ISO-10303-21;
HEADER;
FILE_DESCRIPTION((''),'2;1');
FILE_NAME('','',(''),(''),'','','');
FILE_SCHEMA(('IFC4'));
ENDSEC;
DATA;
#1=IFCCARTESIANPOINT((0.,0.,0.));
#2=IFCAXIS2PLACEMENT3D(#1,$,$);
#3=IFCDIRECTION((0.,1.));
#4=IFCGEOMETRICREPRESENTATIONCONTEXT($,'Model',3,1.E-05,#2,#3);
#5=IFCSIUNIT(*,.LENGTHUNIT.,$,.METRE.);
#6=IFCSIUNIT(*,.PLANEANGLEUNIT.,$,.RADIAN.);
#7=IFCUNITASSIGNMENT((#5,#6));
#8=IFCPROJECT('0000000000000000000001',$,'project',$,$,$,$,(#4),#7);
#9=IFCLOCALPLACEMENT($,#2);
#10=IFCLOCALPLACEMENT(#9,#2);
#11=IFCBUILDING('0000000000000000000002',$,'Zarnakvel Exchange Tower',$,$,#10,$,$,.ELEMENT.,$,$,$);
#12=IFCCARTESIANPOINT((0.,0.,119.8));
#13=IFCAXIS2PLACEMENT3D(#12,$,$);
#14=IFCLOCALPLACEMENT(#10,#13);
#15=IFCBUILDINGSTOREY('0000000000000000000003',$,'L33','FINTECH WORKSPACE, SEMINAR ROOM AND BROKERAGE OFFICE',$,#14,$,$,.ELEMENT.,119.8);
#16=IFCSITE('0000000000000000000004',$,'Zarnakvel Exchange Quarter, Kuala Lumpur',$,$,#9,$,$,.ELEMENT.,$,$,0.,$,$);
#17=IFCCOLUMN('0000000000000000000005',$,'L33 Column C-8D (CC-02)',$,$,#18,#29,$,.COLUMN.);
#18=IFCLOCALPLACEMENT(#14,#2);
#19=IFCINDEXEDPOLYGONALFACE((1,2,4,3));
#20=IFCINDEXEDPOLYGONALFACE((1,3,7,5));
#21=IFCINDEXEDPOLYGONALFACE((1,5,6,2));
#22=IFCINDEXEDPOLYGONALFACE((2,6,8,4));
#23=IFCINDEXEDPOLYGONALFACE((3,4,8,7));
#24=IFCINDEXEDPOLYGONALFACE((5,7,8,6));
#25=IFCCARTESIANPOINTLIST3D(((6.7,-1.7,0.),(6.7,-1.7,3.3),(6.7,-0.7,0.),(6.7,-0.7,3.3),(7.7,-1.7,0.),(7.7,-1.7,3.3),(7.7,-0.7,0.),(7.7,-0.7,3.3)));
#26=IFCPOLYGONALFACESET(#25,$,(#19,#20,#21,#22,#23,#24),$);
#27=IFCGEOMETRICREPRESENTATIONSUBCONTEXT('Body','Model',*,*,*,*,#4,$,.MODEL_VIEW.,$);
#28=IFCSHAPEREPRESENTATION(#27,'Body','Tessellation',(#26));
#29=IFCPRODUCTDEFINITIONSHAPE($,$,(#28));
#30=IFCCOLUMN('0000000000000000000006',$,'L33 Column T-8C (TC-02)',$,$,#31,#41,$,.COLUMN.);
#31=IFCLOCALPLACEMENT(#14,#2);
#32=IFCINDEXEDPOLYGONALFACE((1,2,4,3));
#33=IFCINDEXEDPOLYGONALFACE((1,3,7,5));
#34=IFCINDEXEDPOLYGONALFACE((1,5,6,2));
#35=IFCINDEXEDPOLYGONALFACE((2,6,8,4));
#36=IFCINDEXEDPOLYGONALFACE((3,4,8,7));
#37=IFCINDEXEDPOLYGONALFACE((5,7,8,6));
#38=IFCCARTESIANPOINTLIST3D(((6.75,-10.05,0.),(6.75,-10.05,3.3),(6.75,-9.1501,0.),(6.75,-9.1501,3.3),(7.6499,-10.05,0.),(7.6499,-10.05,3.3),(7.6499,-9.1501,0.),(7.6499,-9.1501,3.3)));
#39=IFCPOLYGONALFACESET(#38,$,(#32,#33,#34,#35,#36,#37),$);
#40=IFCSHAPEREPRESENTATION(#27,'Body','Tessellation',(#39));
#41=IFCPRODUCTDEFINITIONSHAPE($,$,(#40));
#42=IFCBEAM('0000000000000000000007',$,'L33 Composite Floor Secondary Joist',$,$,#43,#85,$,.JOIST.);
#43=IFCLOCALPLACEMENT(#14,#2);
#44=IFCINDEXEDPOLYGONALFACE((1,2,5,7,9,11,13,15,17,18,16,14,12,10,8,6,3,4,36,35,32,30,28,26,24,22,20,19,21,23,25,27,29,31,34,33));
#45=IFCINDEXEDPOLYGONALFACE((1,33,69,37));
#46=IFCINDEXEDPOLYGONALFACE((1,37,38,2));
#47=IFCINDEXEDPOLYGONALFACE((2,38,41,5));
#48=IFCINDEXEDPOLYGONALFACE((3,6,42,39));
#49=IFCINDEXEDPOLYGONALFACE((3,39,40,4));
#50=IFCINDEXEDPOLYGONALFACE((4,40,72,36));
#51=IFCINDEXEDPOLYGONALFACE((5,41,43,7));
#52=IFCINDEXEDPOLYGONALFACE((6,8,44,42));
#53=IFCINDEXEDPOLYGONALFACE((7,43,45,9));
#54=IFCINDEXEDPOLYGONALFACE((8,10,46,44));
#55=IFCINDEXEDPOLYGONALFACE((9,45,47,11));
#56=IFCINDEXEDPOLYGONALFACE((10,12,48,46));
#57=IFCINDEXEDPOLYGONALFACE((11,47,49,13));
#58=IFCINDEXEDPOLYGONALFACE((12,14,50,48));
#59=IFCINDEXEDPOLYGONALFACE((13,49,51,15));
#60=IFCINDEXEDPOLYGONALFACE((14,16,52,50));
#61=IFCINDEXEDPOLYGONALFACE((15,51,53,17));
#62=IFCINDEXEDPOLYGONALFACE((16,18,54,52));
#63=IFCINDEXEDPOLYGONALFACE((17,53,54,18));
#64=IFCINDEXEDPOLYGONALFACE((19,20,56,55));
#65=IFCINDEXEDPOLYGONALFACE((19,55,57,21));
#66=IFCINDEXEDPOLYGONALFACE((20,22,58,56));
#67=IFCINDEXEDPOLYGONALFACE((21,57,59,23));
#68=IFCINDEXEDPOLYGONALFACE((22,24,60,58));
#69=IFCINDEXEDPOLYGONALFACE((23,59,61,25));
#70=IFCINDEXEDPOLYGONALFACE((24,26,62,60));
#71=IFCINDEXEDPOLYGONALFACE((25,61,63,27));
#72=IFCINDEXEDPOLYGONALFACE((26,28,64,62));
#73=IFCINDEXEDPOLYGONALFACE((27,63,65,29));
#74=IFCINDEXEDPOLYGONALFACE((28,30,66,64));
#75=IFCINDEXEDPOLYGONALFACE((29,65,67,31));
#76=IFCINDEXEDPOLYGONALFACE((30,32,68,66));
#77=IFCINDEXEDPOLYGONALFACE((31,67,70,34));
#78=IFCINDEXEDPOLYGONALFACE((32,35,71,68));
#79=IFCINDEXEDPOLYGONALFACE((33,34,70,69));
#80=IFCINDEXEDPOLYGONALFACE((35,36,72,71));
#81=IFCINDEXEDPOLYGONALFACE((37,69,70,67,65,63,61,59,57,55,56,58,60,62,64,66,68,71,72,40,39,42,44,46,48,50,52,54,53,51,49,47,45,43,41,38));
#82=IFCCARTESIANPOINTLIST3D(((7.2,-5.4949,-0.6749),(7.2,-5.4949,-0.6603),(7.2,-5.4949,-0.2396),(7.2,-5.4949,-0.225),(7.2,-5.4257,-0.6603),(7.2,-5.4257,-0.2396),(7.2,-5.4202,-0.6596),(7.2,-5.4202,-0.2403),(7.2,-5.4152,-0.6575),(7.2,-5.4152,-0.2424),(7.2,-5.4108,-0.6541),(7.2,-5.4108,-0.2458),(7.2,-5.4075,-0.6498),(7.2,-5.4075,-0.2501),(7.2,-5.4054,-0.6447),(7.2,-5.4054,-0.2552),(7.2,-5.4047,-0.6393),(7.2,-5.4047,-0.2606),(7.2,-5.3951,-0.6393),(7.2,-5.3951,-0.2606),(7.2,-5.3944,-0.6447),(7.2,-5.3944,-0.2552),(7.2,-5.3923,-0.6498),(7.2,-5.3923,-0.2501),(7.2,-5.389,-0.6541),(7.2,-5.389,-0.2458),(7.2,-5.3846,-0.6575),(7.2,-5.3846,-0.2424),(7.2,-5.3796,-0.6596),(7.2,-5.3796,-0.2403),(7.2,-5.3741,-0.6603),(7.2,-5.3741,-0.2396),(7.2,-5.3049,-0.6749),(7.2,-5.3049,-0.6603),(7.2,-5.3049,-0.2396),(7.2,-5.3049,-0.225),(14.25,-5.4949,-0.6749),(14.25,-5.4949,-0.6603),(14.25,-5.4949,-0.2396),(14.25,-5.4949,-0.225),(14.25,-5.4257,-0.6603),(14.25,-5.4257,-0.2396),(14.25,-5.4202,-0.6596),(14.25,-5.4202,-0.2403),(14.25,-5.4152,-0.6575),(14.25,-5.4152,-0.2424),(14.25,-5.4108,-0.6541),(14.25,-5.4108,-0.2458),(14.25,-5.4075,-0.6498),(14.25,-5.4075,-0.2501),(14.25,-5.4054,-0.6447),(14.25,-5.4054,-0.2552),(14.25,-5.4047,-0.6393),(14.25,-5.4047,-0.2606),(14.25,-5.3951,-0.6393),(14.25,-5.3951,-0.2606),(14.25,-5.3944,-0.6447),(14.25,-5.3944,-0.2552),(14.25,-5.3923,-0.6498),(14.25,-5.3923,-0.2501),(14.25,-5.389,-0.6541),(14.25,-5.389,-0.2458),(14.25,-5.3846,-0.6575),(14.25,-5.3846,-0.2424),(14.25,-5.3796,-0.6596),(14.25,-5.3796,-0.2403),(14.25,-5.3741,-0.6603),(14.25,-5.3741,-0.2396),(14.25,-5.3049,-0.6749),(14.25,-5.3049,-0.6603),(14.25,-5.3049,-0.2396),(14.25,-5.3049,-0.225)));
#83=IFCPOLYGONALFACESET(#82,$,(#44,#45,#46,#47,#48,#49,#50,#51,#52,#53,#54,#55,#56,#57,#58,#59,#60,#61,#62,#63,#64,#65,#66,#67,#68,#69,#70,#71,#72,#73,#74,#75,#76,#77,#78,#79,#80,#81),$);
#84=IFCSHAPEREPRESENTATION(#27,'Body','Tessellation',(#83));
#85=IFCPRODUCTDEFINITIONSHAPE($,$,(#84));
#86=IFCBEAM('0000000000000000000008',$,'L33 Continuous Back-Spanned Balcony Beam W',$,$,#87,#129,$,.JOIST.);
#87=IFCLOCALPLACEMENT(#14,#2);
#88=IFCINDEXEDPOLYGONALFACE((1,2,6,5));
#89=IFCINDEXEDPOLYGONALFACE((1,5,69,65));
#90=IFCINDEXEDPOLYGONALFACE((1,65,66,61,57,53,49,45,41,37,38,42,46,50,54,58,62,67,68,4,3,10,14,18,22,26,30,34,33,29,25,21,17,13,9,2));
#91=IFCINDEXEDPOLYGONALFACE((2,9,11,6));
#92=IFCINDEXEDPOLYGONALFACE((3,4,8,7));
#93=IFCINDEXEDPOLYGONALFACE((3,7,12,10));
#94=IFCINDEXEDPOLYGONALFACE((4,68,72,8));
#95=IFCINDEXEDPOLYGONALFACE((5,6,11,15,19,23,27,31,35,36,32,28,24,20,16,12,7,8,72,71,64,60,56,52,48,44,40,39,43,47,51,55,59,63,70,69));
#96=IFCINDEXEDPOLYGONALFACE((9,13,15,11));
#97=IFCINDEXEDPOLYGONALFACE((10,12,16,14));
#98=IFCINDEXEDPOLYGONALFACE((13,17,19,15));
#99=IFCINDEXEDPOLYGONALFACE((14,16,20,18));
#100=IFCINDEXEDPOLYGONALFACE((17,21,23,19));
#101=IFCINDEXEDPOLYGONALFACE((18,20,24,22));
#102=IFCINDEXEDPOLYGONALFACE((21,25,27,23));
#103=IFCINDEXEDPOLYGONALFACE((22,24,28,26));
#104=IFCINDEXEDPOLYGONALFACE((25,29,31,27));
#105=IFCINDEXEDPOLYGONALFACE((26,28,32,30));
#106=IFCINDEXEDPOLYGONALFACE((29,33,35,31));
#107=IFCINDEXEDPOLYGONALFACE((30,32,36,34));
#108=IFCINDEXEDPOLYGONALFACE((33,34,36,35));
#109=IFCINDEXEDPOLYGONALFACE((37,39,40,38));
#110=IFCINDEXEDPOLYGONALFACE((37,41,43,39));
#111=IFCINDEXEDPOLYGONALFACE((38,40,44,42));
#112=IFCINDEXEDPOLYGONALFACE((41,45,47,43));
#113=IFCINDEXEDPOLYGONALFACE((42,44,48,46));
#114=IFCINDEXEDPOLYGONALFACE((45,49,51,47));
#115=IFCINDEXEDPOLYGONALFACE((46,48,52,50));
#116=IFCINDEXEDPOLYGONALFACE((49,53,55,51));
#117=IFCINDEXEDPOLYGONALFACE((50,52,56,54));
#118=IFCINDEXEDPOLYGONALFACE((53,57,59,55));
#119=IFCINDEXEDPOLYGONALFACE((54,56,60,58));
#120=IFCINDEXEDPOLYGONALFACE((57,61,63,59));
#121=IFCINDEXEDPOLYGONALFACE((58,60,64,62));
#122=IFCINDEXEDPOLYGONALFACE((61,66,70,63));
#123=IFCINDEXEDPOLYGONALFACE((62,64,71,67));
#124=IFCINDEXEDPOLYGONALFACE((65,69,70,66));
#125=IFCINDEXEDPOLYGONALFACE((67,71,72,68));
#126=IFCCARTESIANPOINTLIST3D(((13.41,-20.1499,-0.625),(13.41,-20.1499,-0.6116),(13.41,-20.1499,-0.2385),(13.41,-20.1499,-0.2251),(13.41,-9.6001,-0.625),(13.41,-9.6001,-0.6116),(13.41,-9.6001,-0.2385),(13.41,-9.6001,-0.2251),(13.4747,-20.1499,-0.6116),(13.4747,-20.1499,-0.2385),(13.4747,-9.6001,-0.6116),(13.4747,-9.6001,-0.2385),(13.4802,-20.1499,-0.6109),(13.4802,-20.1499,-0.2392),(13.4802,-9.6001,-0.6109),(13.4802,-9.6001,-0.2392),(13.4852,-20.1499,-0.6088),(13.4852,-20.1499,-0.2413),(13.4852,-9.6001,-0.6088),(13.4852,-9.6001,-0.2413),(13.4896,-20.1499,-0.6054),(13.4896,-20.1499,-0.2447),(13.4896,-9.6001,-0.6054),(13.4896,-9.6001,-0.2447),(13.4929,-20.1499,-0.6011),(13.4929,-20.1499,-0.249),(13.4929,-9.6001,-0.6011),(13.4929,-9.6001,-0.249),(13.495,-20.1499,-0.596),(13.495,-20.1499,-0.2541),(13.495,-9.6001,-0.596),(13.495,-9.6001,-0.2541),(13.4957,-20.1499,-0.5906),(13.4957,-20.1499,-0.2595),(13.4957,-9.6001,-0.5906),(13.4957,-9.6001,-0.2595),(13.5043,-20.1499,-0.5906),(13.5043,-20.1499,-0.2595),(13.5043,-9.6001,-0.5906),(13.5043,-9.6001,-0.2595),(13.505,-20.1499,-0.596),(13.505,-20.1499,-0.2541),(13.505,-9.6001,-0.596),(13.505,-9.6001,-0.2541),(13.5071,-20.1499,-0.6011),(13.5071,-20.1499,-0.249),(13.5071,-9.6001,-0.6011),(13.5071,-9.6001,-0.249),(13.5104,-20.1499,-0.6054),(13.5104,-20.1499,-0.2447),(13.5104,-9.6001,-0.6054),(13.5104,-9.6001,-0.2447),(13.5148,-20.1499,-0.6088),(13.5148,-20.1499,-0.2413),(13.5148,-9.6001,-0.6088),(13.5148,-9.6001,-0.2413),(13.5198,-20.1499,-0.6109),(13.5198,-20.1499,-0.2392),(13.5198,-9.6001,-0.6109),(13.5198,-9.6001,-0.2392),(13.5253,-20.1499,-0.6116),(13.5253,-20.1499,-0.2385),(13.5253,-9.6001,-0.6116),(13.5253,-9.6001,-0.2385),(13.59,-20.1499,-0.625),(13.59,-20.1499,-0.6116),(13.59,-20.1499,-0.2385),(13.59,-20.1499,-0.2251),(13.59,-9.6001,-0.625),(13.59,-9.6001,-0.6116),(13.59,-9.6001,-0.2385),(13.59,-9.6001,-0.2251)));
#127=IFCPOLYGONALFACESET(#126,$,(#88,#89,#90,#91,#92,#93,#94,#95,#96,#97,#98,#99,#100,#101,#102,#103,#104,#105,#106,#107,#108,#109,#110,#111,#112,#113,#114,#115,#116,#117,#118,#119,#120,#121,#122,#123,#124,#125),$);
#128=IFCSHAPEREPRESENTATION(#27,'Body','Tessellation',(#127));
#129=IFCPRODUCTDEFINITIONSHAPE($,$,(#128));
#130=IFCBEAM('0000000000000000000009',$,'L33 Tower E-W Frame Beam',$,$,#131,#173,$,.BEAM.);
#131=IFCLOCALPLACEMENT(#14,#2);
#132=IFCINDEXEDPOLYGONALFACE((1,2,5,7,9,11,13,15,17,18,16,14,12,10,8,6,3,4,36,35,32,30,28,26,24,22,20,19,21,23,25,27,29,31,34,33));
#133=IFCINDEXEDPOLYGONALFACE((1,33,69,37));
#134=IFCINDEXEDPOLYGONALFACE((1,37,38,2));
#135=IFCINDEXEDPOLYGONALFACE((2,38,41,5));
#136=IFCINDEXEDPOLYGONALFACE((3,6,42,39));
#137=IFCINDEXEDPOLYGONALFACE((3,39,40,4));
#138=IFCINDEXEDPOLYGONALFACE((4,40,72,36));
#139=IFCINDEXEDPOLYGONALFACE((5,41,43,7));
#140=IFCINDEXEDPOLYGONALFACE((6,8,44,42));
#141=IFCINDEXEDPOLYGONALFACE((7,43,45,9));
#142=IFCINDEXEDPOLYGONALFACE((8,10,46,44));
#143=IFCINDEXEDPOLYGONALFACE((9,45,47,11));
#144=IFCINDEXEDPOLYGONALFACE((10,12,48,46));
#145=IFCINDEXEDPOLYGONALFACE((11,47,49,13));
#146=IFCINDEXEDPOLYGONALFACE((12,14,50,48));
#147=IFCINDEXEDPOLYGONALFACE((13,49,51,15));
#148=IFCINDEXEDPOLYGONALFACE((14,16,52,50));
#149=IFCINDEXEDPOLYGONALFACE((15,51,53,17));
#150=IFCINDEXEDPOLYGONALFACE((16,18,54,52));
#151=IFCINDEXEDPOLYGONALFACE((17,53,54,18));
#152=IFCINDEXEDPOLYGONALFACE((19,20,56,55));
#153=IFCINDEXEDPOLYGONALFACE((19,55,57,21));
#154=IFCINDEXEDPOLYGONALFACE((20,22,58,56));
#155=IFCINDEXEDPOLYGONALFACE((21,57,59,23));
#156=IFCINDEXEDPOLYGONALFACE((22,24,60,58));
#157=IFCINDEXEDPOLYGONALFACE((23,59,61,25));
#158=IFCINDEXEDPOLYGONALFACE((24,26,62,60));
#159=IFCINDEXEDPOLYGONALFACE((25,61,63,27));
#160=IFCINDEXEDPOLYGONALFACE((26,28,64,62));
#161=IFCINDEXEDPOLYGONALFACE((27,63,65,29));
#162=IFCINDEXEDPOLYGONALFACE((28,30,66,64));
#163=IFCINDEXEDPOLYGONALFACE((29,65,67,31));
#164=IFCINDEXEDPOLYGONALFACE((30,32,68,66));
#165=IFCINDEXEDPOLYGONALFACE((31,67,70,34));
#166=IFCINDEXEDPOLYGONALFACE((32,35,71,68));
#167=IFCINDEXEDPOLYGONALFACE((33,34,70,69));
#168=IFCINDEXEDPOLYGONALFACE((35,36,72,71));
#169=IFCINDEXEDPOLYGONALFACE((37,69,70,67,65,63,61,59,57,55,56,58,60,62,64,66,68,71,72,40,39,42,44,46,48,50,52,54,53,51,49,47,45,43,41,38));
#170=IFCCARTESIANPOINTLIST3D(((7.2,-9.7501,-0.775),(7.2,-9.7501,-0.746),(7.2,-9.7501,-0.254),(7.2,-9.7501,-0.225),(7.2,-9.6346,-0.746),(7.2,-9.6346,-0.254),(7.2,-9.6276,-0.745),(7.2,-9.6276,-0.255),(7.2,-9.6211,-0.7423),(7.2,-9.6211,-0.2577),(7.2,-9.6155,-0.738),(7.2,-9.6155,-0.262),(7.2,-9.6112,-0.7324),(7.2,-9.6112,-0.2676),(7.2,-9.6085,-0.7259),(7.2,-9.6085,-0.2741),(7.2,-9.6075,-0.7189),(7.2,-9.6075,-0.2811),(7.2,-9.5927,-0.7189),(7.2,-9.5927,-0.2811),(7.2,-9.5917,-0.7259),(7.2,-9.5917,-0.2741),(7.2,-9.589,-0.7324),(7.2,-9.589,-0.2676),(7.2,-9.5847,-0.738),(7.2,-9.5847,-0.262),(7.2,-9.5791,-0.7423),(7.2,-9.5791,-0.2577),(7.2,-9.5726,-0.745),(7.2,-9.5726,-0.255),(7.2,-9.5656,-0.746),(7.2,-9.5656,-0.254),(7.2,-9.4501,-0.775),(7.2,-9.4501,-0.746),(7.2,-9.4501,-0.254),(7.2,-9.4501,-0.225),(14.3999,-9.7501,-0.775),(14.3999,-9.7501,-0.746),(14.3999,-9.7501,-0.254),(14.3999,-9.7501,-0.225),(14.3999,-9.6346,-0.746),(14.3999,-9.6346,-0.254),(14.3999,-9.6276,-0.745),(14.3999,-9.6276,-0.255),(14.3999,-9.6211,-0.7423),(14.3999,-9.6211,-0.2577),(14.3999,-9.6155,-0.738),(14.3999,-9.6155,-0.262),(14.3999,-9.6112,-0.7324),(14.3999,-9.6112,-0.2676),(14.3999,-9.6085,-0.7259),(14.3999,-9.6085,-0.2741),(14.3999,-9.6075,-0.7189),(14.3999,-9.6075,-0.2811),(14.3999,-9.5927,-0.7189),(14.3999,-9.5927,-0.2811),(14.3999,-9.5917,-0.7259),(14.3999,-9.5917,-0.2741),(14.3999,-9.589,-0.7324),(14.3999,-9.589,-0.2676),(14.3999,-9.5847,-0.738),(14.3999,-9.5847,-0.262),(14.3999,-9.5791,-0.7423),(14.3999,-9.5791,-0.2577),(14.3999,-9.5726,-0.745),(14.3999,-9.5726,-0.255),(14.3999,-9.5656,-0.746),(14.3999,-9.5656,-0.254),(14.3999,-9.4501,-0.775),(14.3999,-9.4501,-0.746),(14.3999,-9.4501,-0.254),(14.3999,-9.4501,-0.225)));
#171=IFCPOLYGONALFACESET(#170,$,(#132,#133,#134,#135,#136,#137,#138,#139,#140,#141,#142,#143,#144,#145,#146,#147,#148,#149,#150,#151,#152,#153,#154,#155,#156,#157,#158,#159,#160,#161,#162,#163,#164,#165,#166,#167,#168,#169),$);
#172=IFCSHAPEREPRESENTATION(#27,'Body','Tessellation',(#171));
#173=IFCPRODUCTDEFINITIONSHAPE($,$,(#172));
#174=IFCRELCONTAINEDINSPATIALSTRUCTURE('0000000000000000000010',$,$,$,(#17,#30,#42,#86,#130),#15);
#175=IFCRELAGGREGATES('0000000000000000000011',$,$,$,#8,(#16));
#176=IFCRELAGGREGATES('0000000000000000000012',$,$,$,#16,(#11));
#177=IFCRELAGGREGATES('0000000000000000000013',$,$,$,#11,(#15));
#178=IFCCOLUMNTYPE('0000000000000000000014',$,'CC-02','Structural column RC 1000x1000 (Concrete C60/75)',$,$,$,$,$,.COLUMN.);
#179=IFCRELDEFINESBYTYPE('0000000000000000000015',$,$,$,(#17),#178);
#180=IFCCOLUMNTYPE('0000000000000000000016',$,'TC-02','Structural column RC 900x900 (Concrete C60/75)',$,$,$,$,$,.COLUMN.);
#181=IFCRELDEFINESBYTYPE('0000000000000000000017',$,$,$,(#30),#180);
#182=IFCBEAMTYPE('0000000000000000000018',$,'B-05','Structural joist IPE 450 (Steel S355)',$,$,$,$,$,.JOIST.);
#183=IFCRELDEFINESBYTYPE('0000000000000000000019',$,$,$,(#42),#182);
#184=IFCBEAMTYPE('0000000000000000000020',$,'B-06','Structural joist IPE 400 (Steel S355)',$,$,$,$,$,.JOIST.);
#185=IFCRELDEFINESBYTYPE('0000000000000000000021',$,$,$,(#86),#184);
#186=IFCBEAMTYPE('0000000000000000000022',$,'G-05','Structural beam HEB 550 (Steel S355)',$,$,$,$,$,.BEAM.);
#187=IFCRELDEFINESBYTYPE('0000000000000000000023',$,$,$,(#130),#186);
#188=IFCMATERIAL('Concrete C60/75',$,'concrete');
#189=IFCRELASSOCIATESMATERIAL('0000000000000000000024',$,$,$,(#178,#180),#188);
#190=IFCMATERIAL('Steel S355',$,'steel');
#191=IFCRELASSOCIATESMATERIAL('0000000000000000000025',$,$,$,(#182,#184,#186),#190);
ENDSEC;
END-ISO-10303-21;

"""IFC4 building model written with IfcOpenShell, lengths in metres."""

from ifc_helpers import new_model, si_unit, direction, frame, origin, origin_2d, place, context, subcontext, project, spatial, rectangle, i_section, extrude, material, material_profile, profile_set, type_object, element, save


model = new_model("IFC4")

# Units and contexts
model_context = context("Model", 3, precision=1e-05, world=origin(), true_north=direction((0.0, 1.0)))
body_context = subcontext(model_context, "Body", "Model", "MODEL_VIEW")
ifc_project = project(units=[si_unit("LENGTHUNIT", "METRE"), si_unit("PLANEANGLEUNIT", "RADIAN")], contexts=[model_context])

# Site, building, storey
site_placement = place(None, origin())
site = spatial("IfcSite", under=ifc_project, at=site_placement, Name="Zarnakvel Exchange Quarter, Kuala Lumpur", CompositionType="ELEMENT", RefElevation=0.0)
building_placement = place(site_placement, origin())
building = spatial("IfcBuilding", under=site, at=building_placement, Name="Zarnakvel Exchange Tower", CompositionType="ELEMENT")
storey_placement = place(building_placement, frame((0.0, 0.0, 119.8)))
storey = spatial("IfcBuildingStorey", under=building, at=storey_placement, Name="L33", Description="FINTECH WORKSPACE, SEMINAR ROOM AND BROKERAGE OFFICE", CompositionType="ELEMENT", Elevation=119.8)

# Columns
ifc_material_1 = material(Name="Concrete C60/75", Category="concrete")
ifc_material_profile_1 = material_profile(ifc_material_1, rectangle(XDim=1.0, YDim=1.0, at=origin_2d()))
ifc_profile_set_1 = profile_set([ifc_material_profile_1], Name="Concrete C60/75")
column_type_1 = type_object("IfcColumnType", Name="CC-02", Description="Structural column RC 1000x1000 (Concrete C60/75)", PredefinedType="COLUMN", material=ifc_profile_set_1)
column_1_placement = place(storey_placement, frame((7.2, -1.2, 0.0), z_axis=(0.0, 0.0, 1.0), x_axis=(1.0, 0.0, 0.0)))
element("IfcColumn", 1, at=column_1_placement, inside=storey, type_object=column_type_1, Name="L33 Column C-8D (CC-02)", PredefinedType="COLUMN", context=body_context, shape_type="SweptSolid", body=[
    extrude(rectangle(XDim=1.0, YDim=1.0, at=origin_2d()), origin(), (0.0, 0.0, 1.0), 3.3),
])
ifc_material_profile_2 = material_profile(ifc_material_1, rectangle(XDim=0.8999, YDim=0.8999, at=origin_2d()))
ifc_profile_set_2 = profile_set([ifc_material_profile_2], Name="Concrete C60/75")
column_type_2 = type_object("IfcColumnType", Name="TC-02", Description="Structural column RC 900x900 (Concrete C60/75)", PredefinedType="COLUMN", material=ifc_profile_set_2)
column_2_placement = place(storey_placement, frame((7.2, -9.6001, 0.0), z_axis=(0.0, 0.0, 1.0), x_axis=(1.0, 0.0, 0.0)))
element("IfcColumn", 2, at=column_2_placement, inside=storey, type_object=column_type_2, Name="L33 Column T-8C (TC-02)", PredefinedType="COLUMN", context=body_context, shape_type="SweptSolid", body=[
    extrude(rectangle(XDim=0.8999, YDim=0.8999, at=origin_2d()), origin(), (0.0, 0.0, 1.0), 3.3),
])

# Beams
ifc_material_2 = material(Name="Steel S355", Category="steel")
ifc_material_profile_3 = material_profile(ifc_material_2, i_section(OverallWidth=0.1899, OverallDepth=0.45, WebThickness=0.0095, FlangeThickness=0.0146, FilletRadius=0.021, at=origin_2d()))
ifc_profile_set_3 = profile_set([ifc_material_profile_3], Name="Steel S355")
beam_type_1 = type_object("IfcBeamType", Name="B-05", Description="Structural joist IPE 450 (Steel S355)", PredefinedType="JOIST", material=ifc_profile_set_3)
beam_1_placement = place(storey_placement, frame((7.2, -5.3999, -0.45), z_axis=(1.0, 0.0, 0.0), x_axis=(0.0, 1.0, 0.0)))
element("IfcBeam", 3, at=beam_1_placement, inside=storey, type_object=beam_type_1, Name="L33 Composite Floor Secondary Joist", PredefinedType="JOIST", context=body_context, shape_type="SweptSolid", body=[
    extrude(i_section(OverallWidth=0.1899, OverallDepth=0.45, WebThickness=0.0095, FlangeThickness=0.0146, FilletRadius=0.021, at=origin_2d()), origin(), (0.0, 0.0, 1.0), 7.05),
])
ifc_material_profile_4 = material_profile(ifc_material_2, i_section(OverallWidth=0.1799, OverallDepth=0.3999, WebThickness=0.0085, FlangeThickness=0.0134, FilletRadius=0.021, at=origin_2d()))
ifc_profile_set_4 = profile_set([ifc_material_profile_4], Name="Steel S355")
beam_type_2 = type_object("IfcBeamType", Name="B-06", Description="Structural joist IPE 400 (Steel S355)", PredefinedType="JOIST", material=ifc_profile_set_4)
beam_2_placement = place(storey_placement, frame((13.5, -9.6001, -0.425), z_axis=(0.0, -1.0, 0.0), x_axis=(1.0, 0.0, 0.0)))
element("IfcBeam", 4, at=beam_2_placement, inside=storey, type_object=beam_type_2, Name="L33 Continuous Back-Spanned Balcony Beam W", PredefinedType="JOIST", context=body_context, shape_type="SweptSolid", body=[
    extrude(i_section(OverallWidth=0.1799, OverallDepth=0.3999, WebThickness=0.0085, FlangeThickness=0.0134, FilletRadius=0.021, at=origin_2d()), origin(), (0.0, 0.0, 1.0), 10.5498),
])
ifc_material_profile_5 = material_profile(ifc_material_2, i_section(OverallWidth=0.3, OverallDepth=0.55, WebThickness=0.0149, FlangeThickness=0.0291, FilletRadius=0.0271, at=origin_2d()))
ifc_profile_set_5 = profile_set([ifc_material_profile_5], Name="Steel S355")
beam_type_3 = type_object("IfcBeamType", Name="G-05", Description="Structural beam HEB 550 (Steel S355)", PredefinedType="BEAM", material=ifc_profile_set_5)
beam_3_placement = place(storey_placement, frame((7.2, -9.6001, -0.5), z_axis=(1.0, 0.0, 0.0), x_axis=(0.0, 1.0, 0.0)))
element("IfcBeam", 5, at=beam_3_placement, inside=storey, type_object=beam_type_3, Name="L33 Tower E-W Frame Beam", PredefinedType="BEAM", context=body_context, shape_type="SweptSolid", body=[
    extrude(i_section(OverallWidth=0.3, OverallDepth=0.55, WebThickness=0.0149, FlangeThickness=0.0291, FilletRadius=0.0271, at=origin_2d()), origin(), (0.0, 0.0, 1.0), 7.2),
])

save(model, "model.ifc")
